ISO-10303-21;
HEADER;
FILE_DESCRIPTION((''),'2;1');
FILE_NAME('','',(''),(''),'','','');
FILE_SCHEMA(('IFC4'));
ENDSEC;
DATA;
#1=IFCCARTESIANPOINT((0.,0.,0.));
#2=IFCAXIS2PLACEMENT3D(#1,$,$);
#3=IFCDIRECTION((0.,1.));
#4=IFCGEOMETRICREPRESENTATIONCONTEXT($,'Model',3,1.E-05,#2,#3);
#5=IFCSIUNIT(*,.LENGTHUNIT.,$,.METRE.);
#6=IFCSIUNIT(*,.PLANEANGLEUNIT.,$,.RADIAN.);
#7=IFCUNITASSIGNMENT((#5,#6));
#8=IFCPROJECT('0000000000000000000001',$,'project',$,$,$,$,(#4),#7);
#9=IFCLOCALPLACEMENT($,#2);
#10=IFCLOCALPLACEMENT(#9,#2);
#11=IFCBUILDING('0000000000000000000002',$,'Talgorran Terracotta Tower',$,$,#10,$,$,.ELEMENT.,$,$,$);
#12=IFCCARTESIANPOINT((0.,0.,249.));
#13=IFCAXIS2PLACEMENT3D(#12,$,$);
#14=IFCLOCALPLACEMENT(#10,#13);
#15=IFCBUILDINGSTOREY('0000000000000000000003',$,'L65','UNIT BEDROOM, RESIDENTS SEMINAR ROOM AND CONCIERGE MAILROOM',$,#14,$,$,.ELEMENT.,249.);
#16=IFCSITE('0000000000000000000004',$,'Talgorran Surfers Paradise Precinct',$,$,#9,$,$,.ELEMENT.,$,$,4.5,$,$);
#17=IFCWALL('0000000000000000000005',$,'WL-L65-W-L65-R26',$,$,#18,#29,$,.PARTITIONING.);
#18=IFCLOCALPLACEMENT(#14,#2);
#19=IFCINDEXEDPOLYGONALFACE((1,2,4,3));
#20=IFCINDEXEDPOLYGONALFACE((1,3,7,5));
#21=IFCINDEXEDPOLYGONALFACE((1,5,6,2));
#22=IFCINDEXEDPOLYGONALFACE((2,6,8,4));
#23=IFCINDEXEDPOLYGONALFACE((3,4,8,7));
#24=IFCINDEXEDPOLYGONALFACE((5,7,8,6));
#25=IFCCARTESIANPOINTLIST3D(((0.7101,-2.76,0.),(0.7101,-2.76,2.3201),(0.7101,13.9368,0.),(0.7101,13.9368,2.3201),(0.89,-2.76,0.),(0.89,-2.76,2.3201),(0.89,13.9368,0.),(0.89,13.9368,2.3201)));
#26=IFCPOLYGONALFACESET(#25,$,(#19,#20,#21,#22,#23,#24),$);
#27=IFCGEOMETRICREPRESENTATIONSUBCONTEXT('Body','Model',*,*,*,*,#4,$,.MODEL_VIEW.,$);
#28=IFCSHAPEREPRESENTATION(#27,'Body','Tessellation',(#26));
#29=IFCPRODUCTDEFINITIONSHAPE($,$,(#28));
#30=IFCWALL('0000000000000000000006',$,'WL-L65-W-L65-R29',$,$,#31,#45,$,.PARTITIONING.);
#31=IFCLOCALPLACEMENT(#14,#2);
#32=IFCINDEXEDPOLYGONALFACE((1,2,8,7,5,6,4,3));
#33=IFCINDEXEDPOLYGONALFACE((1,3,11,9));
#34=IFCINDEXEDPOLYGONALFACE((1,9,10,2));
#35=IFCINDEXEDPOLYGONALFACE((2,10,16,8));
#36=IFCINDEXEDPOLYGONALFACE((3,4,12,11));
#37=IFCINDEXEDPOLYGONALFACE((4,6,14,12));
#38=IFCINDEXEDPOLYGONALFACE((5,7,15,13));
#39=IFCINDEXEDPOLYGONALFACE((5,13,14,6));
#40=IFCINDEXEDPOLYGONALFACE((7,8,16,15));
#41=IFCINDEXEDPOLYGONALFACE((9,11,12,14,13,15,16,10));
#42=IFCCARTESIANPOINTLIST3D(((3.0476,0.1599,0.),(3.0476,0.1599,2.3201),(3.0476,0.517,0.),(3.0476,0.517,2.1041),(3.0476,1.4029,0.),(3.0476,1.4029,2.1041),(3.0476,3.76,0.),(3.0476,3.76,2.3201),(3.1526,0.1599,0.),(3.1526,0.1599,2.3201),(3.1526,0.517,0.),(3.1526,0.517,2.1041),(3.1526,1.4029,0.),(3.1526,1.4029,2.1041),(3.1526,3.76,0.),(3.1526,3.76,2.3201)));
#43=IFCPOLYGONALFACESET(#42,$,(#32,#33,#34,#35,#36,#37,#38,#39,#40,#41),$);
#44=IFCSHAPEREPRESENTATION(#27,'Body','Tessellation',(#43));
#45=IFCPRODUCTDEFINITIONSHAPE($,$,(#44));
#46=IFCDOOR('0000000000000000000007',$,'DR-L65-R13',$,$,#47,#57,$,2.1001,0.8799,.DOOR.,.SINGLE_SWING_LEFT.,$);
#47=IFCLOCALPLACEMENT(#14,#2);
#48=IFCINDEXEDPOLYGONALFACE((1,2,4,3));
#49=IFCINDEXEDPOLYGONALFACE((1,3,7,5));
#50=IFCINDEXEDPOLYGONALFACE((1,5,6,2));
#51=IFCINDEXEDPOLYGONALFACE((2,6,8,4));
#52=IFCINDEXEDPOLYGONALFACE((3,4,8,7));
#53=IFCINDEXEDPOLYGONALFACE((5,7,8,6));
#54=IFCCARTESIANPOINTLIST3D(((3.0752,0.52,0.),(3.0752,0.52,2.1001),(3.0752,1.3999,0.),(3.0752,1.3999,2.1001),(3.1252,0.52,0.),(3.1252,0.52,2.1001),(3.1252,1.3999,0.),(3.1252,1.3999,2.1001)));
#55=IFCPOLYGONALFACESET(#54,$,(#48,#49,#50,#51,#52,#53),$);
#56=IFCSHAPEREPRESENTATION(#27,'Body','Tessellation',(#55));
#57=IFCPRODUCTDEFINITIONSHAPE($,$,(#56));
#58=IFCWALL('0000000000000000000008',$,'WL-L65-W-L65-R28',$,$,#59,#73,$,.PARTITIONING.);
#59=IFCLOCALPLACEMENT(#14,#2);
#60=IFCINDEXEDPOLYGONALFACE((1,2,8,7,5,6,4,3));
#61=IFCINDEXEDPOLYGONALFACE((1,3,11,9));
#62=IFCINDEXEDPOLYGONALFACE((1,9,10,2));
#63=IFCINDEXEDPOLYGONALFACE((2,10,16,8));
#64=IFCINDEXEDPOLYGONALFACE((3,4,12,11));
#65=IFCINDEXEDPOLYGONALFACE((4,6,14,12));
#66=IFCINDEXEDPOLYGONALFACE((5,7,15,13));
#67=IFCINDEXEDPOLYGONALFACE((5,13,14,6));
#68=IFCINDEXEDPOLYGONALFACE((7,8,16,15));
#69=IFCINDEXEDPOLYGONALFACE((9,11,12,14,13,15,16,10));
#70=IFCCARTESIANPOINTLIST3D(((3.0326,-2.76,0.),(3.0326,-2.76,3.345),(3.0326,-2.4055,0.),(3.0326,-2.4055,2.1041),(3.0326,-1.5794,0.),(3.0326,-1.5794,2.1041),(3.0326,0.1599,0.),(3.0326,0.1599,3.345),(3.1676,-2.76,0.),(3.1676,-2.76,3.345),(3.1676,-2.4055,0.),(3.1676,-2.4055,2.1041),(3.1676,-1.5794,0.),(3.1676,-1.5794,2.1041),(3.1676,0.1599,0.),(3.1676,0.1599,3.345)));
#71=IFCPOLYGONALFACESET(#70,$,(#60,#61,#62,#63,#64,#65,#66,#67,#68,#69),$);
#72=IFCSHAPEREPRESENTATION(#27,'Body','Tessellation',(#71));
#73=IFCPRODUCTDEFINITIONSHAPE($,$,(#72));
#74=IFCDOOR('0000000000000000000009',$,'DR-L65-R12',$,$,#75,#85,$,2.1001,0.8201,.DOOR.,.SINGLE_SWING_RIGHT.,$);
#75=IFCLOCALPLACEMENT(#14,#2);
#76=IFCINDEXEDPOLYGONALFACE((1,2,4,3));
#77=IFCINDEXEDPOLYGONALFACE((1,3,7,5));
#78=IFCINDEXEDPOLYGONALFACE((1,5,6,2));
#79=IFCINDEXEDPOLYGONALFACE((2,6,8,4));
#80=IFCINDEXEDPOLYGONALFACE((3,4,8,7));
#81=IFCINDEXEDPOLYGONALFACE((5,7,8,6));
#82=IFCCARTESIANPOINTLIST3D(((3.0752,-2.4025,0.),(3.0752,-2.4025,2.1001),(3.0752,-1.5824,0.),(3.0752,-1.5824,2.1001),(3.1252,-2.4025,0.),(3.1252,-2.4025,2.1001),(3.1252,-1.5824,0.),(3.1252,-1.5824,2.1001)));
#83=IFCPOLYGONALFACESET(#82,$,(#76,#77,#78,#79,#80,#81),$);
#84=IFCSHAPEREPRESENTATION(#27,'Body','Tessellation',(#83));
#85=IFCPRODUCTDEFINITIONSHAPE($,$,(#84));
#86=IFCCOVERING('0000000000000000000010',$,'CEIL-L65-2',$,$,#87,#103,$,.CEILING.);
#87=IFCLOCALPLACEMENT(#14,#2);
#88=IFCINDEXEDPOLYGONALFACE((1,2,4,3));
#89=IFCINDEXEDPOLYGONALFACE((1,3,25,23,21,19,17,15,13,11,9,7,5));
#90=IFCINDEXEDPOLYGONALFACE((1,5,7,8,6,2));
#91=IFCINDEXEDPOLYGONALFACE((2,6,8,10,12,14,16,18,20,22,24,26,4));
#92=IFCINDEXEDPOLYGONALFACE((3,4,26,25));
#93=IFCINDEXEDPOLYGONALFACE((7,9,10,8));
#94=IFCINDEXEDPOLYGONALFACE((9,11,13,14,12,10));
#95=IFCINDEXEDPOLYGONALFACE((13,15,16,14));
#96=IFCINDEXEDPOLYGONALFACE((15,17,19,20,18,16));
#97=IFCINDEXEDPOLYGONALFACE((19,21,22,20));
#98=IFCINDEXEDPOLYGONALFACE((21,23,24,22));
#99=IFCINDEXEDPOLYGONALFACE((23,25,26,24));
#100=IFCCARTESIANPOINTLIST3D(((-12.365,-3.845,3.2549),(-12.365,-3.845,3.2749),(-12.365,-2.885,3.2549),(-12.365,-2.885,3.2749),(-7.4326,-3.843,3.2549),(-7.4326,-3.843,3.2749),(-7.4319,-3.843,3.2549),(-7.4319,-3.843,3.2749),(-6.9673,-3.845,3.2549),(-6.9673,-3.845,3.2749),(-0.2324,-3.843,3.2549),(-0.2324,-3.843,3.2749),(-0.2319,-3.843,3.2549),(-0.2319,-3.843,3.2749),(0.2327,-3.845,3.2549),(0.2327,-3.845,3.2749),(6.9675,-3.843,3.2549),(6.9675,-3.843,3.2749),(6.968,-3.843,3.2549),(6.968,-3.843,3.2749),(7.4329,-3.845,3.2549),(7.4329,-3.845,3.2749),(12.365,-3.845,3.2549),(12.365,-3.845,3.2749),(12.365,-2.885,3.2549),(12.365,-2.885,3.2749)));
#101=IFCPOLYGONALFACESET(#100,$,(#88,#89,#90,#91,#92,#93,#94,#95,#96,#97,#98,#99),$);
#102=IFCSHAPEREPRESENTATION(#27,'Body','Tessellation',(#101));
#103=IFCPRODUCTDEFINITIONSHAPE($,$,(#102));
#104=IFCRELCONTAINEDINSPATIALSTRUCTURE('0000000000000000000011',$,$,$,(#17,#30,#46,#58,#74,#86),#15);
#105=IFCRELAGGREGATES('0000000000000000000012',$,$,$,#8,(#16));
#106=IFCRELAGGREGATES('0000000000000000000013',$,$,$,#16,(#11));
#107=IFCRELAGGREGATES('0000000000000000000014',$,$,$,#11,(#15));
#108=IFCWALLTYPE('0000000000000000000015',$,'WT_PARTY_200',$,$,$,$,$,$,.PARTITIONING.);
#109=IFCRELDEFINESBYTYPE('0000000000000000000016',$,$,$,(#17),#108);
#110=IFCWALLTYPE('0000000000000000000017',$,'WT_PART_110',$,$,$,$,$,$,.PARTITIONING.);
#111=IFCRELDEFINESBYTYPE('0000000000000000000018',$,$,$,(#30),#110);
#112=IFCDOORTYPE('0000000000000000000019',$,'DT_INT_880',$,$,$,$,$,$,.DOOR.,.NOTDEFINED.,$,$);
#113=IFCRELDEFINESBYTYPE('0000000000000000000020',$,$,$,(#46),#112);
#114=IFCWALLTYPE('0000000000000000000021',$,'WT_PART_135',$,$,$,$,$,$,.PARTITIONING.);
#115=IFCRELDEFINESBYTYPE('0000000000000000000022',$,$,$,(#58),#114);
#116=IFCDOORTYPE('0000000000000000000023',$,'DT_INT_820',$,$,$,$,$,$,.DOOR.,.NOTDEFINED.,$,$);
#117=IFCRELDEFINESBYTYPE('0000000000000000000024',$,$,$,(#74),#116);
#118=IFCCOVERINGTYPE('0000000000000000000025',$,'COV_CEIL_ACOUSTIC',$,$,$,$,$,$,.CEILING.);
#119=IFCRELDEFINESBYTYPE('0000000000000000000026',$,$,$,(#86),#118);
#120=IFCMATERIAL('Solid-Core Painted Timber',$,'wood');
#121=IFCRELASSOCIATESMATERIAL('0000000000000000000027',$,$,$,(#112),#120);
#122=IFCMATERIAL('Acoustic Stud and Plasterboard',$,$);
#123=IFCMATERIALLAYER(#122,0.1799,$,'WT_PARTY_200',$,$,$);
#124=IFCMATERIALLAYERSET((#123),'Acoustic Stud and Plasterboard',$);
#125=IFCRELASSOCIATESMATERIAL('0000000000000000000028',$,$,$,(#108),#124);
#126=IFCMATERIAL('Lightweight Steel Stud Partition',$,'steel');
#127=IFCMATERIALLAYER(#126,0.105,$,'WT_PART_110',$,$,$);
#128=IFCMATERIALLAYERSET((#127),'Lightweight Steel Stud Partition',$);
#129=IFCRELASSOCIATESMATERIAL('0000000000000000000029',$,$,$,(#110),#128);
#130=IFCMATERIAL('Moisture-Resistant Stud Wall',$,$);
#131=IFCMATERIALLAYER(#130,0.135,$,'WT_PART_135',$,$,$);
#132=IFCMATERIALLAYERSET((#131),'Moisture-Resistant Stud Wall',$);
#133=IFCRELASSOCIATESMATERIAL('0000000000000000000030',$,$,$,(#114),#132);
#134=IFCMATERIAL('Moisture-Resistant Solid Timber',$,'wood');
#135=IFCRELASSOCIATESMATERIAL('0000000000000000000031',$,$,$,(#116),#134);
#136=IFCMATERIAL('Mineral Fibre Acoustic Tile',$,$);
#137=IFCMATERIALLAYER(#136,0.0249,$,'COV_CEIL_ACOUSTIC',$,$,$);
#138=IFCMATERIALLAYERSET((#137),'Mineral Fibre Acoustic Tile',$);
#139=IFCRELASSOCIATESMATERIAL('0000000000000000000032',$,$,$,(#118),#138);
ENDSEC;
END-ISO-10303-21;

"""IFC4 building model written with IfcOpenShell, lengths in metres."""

from ifc_helpers import new_model, si_unit, direction, frame, frame_2d, origin, place, context, subcontext, project, spatial, polyline, rectangle, outline, extrude, material, layer, layer_set, type_object, element, fill, save


model = new_model("IFC4")

# Units and contexts
model_context = context("Model", 3, precision=1e-05, world=origin(), true_north=direction((0.0, 1.0)))
body_context = subcontext(model_context, "Body", "Model", "MODEL_VIEW")
ifc_project = project(units=[si_unit("LENGTHUNIT", "METRE"), si_unit("PLANEANGLEUNIT", "RADIAN")], contexts=[model_context])

# Site, building, storey
site_placement = place(None, origin())
site = spatial("IfcSite", under=ifc_project, at=site_placement, Name="Talgorran Surfers Paradise Precinct", CompositionType="ELEMENT", RefElevation=4.5)
building_placement = place(site_placement, origin())
building = spatial("IfcBuilding", under=site, at=building_placement, Name="Talgorran Terracotta Tower", CompositionType="ELEMENT")
storey_placement = place(building_placement, frame((0.0, 0.0, 249.0)))
storey = spatial("IfcBuildingStorey", under=building, at=storey_placement, Name="L65", Description="UNIT BEDROOM, RESIDENTS SEMINAR ROOM AND CONCIERGE MAILROOM", CompositionType="ELEMENT", Elevation=249.0)

# Shared definitions
ifc_material_1 = material(Name="Solid-Core Painted Timber", Category="wood")
door_type_1 = type_object("IfcDoorType", Name="DT_INT_880", OperationType="NOTDEFINED", PredefinedType="DOOR", material=ifc_material_1)

# Wall
ifc_material_2 = material(Name="Acoustic Stud and Plasterboard")
ifc_layer_1 = layer(ifc_material_2, 0.1799, Name="WT_PARTY_200")
ifc_layer_set_1 = layer_set([ifc_layer_1], Name="Acoustic Stud and Plasterboard")
wall_type_1 = type_object("IfcWallType", Name="WT_PARTY_200", PredefinedType="PARTITIONING", material=ifc_layer_set_1)
wall_1_placement = place(storey_placement, frame((0.8, -2.76, 0.0), z_axis=(0.0, 0.0, 1.0), x_axis=(0.0, 1.0, 0.0)))
element("IfcWall", 1, at=wall_1_placement, inside=storey, type_object=wall_type_1, Name="WL-L65-W-L65-R26", PredefinedType="PARTITIONING", context=body_context, shape_type="SweptSolid", body=[
    extrude(rectangle(XDim=16.6968, YDim=0.1799, at=frame_2d((8.3484, 0.0))), origin(), (0.0, 0.0, 1.0), 2.3201),
])

# Walls, openings, doors
ifc_material_3 = material(Name="Lightweight Steel Stud Partition", Category="steel")
ifc_layer_2 = layer(ifc_material_3, 0.105, Name="WT_PART_110")
ifc_layer_set_2 = layer_set([ifc_layer_2], Name="Lightweight Steel Stud Partition")
wall_type_2 = type_object("IfcWallType", Name="WT_PART_110", PredefinedType="PARTITIONING", material=ifc_layer_set_2)
wall_2_placement = place(storey_placement, frame((3.1001, 0.1599, 0.0), z_axis=(0.0, 0.0, 1.0), x_axis=(0.0, 1.0, 0.0)))
wall_2 = element("IfcWall", 2, at=wall_2_placement, inside=storey, type_object=wall_type_2, Name="WL-L65-W-L65-R29", PredefinedType="PARTITIONING", context=body_context, shape_type="SweptSolid", body=[
    extrude(rectangle(XDim=3.6001, YDim=0.105, at=frame_2d((1.8, 0.0))), origin(), (0.0, 0.0, 1.0), 2.3201),
])
opening_1_placement = place(wall_2_placement, frame((0.3601, 0.0, 0.0)))
opening_1 = element("IfcOpeningElement", 3, at=opening_1_placement, cuts=wall_2, PredefinedType="OPENING", context=body_context, shape_type="SweptSolid", body=[
    extrude(rectangle(XDim=0.8859, YDim=2.1041, at=frame_2d((0.4399, 1.052))), frame((0.0, 0.0625, 0.0), z_axis=(0.0, -1.0, 0.0), x_axis=(1.0, 0.0, 0.0)), (0.0, 0.0, 1.0), 0.125),
])
door_1_placement = place(opening_1_placement, origin())
door_1 = element("IfcDoor", 4, at=door_1_placement, inside=storey, type_object=door_type_1, Name="DR-L65-R13", OperationType="SINGLE_SWING_LEFT", OverallHeight=2.1001, OverallWidth=0.8799, PredefinedType="DOOR", context=body_context, shape_type="SweptSolid", body=[
    extrude(rectangle(XDim=0.8799, YDim=2.1001, at=frame_2d((0.4399, 1.05))), frame((0.0, 0.0249, 0.0), z_axis=(0.0, -1.0, 0.0), x_axis=(1.0, 0.0, 0.0)), (0.0, 0.0, 1.0), 0.05),
])
fill(opening_1, door_1)
ifc_material_4 = material(Name="Moisture-Resistant Stud Wall")
ifc_layer_3 = layer(ifc_material_4, 0.135, Name="WT_PART_135")
ifc_layer_set_3 = layer_set([ifc_layer_3], Name="Moisture-Resistant Stud Wall")
wall_type_3 = type_object("IfcWallType", Name="WT_PART_135", PredefinedType="PARTITIONING", material=ifc_layer_set_3)
wall_3_placement = place(storey_placement, frame((3.1001, -2.76, 0.0), z_axis=(0.0, 0.0, 1.0), x_axis=(0.0, 1.0, 0.0)))
wall_3 = element("IfcWall", 5, at=wall_3_placement, inside=storey, type_object=wall_type_3, Name="WL-L65-W-L65-R28", PredefinedType="PARTITIONING", context=body_context, shape_type="SweptSolid", body=[
    extrude(rectangle(XDim=2.9199, YDim=0.135, at=frame_2d((1.46, 0.0))), origin(), (0.0, 0.0, 1.0), 3.345),
])
opening_2_placement = place(wall_3_placement, frame((0.3574, 0.0, 0.0)))
opening_2 = element("IfcOpeningElement", 6, at=opening_2_placement, cuts=wall_3, PredefinedType="OPENING", context=body_context, shape_type="SweptSolid", body=[
    extrude(rectangle(XDim=0.8261, YDim=2.1041, at=frame_2d((0.4102, 1.052))), frame((0.0, 0.0776, 0.0), z_axis=(0.0, -1.0, 0.0), x_axis=(1.0, 0.0, 0.0)), (0.0, 0.0, 1.0), 0.155),
])
ifc_material_5 = material(Name="Moisture-Resistant Solid Timber", Category="wood")
door_type_2 = type_object("IfcDoorType", Name="DT_INT_820", OperationType="NOTDEFINED", PredefinedType="DOOR", material=ifc_material_5)
door_2_placement = place(opening_2_placement, origin())
door_2 = element("IfcDoor", 7, at=door_2_placement, inside=storey, type_object=door_type_2, Name="DR-L65-R12", OperationType="SINGLE_SWING_RIGHT", OverallHeight=2.1001, OverallWidth=0.8201, PredefinedType="DOOR", context=body_context, shape_type="SweptSolid", body=[
    extrude(rectangle(XDim=0.8201, YDim=2.1001, at=frame_2d((0.4102, 1.05))), frame((0.0, 0.0249, 0.0), z_axis=(0.0, -1.0, 0.0), x_axis=(1.0, 0.0, 0.0)), (0.0, 0.0, 1.0), 0.05),
])
fill(opening_2, door_2)

# Covering
ifc_material_6 = material(Name="Mineral Fibre Acoustic Tile")
ifc_layer_4 = layer(ifc_material_6, 0.0249, Name="COV_CEIL_ACOUSTIC")
ifc_layer_set_4 = layer_set([ifc_layer_4], Name="Mineral Fibre Acoustic Tile")
covering_type_1 = type_object("IfcCoveringType", Name="COV_CEIL_ACOUSTIC", PredefinedType="CEILING", material=ifc_layer_set_4)
covering_1_placement = place(storey_placement, frame((0.0, 0.0, 3.2549)))
element("IfcCovering", 8, at=covering_1_placement, inside=storey, type_object=covering_type_1, Name="CEIL-L65-2", PredefinedType="CEILING", context=body_context, shape_type="SweptSolid", body=[
    extrude(outline(polyline([(-12.365, -2.885), (12.365, -2.885), (12.365, -3.845), (7.4329, -3.845), (6.968, -3.843), (6.9675, -3.843), (0.2327, -3.845), (-0.2319, -3.843), (-0.2324, -3.843), (-6.9673, -3.845), (-7.4319, -3.843), (-7.4326, -3.843), (-12.365, -3.845), (-12.365, -2.885)])), origin(), (0.0, 0.0, 1.0), 0.02),
])

save(model, "model.ifc")
